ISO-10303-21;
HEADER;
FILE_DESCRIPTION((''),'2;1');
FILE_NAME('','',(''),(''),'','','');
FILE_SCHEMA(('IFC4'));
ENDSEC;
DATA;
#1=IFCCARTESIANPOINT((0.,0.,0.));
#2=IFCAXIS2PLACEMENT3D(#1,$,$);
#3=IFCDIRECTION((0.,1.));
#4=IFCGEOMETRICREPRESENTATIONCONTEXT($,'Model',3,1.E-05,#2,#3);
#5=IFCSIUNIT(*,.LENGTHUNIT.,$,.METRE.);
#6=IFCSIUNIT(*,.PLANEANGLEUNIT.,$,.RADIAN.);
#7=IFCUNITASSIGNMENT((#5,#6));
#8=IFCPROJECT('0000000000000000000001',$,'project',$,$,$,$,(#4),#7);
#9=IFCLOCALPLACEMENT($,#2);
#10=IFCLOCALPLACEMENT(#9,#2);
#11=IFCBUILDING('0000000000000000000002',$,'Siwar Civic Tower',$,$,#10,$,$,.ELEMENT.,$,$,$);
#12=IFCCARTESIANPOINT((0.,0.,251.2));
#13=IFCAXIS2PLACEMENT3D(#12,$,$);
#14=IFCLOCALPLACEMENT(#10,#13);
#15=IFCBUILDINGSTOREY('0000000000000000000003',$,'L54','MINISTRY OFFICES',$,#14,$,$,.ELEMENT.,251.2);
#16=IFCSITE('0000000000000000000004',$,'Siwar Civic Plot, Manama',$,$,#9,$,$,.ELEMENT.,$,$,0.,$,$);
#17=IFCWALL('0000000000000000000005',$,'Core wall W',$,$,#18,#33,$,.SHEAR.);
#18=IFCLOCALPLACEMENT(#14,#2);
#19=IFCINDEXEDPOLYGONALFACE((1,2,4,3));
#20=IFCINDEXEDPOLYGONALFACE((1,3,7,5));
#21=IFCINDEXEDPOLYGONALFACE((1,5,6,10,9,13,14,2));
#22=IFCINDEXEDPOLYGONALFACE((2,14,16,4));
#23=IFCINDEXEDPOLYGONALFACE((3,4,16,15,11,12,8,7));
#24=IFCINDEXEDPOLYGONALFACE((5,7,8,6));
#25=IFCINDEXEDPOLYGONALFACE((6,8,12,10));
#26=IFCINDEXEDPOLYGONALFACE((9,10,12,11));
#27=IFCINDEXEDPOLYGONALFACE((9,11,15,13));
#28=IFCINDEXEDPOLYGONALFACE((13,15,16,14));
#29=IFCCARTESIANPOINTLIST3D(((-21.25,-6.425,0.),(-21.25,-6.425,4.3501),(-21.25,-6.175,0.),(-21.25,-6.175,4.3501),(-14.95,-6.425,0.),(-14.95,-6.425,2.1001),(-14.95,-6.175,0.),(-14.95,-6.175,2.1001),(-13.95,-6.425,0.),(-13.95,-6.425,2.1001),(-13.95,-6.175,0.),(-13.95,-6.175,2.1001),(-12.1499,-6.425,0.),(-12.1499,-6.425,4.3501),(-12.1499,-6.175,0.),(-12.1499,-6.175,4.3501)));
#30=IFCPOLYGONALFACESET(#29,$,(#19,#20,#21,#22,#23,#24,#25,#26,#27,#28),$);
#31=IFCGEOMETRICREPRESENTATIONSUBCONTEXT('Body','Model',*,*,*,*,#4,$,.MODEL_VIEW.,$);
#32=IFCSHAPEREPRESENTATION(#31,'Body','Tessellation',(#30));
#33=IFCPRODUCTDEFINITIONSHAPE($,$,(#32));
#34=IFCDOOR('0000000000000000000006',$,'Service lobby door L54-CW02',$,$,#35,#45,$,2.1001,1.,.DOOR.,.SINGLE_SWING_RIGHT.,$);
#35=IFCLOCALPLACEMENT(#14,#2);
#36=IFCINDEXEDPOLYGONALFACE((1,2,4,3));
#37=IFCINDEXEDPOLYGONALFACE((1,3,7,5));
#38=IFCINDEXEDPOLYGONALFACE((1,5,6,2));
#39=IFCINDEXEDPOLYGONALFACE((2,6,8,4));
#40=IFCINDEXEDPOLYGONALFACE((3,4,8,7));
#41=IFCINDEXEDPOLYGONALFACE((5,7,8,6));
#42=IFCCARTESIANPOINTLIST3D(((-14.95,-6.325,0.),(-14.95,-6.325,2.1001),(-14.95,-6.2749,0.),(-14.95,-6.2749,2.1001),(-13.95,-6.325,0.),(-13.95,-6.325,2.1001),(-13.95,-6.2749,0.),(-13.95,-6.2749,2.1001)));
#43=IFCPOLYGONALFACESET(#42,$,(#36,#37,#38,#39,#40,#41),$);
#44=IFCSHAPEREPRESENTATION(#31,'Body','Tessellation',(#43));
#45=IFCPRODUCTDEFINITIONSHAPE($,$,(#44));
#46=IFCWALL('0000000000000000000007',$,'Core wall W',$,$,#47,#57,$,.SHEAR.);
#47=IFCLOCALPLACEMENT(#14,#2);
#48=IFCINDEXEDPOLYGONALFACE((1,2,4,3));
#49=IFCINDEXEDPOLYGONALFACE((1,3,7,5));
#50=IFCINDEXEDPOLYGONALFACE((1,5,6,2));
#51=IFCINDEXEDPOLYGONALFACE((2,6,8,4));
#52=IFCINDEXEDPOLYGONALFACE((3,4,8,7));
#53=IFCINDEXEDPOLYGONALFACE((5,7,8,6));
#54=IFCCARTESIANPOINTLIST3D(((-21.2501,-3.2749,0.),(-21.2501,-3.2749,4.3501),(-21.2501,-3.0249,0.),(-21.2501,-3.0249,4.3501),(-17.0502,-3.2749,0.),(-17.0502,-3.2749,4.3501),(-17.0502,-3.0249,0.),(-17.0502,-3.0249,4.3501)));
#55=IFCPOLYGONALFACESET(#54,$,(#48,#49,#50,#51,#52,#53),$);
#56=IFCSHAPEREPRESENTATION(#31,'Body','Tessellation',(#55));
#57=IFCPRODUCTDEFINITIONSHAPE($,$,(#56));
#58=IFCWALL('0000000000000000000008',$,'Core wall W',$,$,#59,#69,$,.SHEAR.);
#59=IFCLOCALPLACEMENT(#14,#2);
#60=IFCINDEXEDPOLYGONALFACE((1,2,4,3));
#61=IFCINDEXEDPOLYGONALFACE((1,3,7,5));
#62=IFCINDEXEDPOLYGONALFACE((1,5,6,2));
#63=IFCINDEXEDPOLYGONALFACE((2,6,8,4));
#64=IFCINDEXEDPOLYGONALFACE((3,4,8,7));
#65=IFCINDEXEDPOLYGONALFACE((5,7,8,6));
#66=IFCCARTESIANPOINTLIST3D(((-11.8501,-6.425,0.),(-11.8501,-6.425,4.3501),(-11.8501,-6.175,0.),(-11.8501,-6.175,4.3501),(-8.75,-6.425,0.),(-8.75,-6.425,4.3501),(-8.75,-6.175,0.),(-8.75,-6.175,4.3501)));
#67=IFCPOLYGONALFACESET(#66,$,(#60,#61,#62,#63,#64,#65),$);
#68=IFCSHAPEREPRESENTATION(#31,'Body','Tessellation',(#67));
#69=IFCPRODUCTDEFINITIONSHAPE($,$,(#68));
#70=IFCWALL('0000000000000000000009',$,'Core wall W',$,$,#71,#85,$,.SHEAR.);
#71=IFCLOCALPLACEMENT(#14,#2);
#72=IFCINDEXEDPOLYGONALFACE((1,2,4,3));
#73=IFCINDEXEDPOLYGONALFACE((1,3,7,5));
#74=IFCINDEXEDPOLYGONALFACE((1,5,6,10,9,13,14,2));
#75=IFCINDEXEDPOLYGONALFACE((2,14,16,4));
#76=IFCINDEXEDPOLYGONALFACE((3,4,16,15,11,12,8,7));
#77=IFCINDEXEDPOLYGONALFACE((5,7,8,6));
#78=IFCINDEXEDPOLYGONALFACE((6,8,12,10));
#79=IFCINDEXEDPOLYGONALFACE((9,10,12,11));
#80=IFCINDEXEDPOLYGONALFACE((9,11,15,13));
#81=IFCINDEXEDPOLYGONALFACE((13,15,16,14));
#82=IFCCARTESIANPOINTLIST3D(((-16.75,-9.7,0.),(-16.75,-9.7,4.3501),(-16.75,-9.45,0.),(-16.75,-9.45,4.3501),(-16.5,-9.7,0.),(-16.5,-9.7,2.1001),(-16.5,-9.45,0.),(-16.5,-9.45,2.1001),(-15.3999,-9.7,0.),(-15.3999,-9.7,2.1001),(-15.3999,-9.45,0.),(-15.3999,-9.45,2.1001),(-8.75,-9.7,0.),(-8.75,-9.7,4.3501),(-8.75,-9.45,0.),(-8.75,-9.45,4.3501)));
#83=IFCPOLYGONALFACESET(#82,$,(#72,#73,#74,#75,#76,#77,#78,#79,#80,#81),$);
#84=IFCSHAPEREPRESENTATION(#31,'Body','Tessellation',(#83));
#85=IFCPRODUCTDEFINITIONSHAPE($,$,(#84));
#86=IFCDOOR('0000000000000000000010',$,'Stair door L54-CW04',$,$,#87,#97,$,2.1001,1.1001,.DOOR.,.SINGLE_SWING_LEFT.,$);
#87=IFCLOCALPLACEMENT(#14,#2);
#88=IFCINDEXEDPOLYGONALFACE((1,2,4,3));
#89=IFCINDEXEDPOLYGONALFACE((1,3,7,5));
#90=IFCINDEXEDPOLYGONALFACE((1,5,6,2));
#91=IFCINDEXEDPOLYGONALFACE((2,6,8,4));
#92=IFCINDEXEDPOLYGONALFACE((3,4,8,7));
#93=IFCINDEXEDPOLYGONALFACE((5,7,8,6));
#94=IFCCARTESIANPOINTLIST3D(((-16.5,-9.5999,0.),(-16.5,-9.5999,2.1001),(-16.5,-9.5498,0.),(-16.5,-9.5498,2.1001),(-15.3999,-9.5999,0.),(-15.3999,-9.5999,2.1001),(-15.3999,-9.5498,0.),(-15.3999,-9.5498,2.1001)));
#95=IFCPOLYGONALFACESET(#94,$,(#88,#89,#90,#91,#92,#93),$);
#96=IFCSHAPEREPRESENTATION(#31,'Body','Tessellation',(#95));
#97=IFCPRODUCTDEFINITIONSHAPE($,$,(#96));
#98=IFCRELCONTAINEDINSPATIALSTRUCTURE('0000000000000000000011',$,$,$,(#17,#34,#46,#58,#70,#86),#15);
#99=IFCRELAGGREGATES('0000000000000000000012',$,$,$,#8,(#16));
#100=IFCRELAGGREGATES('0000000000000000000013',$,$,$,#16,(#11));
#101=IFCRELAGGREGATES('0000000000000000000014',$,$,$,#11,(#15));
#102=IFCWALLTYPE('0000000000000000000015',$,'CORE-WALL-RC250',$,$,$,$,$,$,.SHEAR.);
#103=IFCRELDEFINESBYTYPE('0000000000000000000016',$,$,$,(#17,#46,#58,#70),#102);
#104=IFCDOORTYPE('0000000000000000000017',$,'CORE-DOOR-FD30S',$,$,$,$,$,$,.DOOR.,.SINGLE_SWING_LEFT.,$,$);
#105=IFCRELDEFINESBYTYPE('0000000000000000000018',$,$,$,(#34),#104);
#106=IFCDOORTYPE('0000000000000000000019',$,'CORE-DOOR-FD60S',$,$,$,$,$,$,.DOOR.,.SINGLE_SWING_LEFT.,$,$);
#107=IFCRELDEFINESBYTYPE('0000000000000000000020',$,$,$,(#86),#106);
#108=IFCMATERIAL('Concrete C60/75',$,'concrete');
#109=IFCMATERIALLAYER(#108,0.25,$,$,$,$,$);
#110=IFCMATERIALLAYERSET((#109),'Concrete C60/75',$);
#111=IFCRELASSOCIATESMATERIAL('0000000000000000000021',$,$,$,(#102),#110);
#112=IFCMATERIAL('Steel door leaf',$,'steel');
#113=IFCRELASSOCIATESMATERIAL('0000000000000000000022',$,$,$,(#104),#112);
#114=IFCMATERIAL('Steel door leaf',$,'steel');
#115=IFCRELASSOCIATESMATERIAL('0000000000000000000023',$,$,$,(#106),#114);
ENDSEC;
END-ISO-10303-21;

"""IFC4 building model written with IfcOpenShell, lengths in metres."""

from ifc_helpers import new_model, si_unit, direction, frame, frame_2d, origin, place, context, subcontext, project, spatial, rectangle, extrude, material, layer, layer_set, type_object, element, fill, save


model = new_model("IFC4")

# Units and contexts
model_context = context("Model", 3, precision=1e-05, world=origin(), true_north=direction((0.0, 1.0)))
body_context = subcontext(model_context, "Body", "Model", "MODEL_VIEW")
ifc_project = project(units=[si_unit("LENGTHUNIT", "METRE"), si_unit("PLANEANGLEUNIT", "RADIAN")], contexts=[model_context])

# Site, building, storey
site_placement = place(None, origin())
site = spatial("IfcSite", under=ifc_project, at=site_placement, Name="Siwar Civic Plot, Manama", CompositionType="ELEMENT", RefElevation=0.0)
building_placement = place(site_placement, origin())
building = spatial("IfcBuilding", under=site, at=building_placement, Name="Siwar Civic Tower", CompositionType="ELEMENT")
storey_placement = place(building_placement, frame((0.0, 0.0, 251.2)))
storey = spatial("IfcBuildingStorey", under=building, at=storey_placement, Name="L54", Description="MINISTRY OFFICES", CompositionType="ELEMENT", Elevation=251.2)

# Wall, opening, door
ifc_material_1 = material(Name="Concrete C60/75", Category="concrete")
ifc_layer_1 = layer(ifc_material_1, 0.25)
ifc_layer_set_1 = layer_set([ifc_layer_1], Name="Concrete C60/75")
wall_type_1 = type_object("IfcWallType", Name="CORE-WALL-RC250", PredefinedType="SHEAR", material=ifc_layer_set_1)
wall_1_placement = place(storey_placement, frame((-12.1499, -6.3, 0.0), z_axis=(0.0, 0.0, 1.0), x_axis=(-1.0, 0.0, 0.0)))
wall_1 = element("IfcWall", 1, at=wall_1_placement, inside=storey, type_object=wall_type_1, Name="Core wall W", PredefinedType="SHEAR", context=body_context, shape_type="SweptSolid", body=[
    extrude(rectangle(XDim=9.1001, YDim=0.25, at=frame_2d((4.55, 0.0))), origin(), (0.0, 0.0, 1.0), 4.3501),
])
opening_1_placement = place(wall_1_placement, frame((1.8, 0.0, 0.0)))
opening_1 = element("IfcOpeningElement", 2, at=opening_1_placement, cuts=wall_1, PredefinedType="OPENING", context=body_context, shape_type="SweptSolid", body=[
    extrude(rectangle(XDim=1.0, YDim=2.1001, at=frame_2d((0.5, 1.05))), frame((0.0, 0.135, 0.0), z_axis=(0.0, -1.0, 0.0), x_axis=(1.0, 0.0, 0.0)), (0.0, 0.0, 1.0), 0.27),
])
ifc_material_2 = material(Name="Steel door leaf", Category="steel")
door_type_1 = type_object("IfcDoorType", Name="CORE-DOOR-FD30S", OperationType="SINGLE_SWING_LEFT", PredefinedType="DOOR", material=ifc_material_2)
door_1_placement = place(opening_1_placement, origin())
door_1 = element("IfcDoor", 3, at=door_1_placement, inside=storey, type_object=door_type_1, Name="Service lobby door L54-CW02", OperationType="SINGLE_SWING_RIGHT", OverallHeight=2.1001, OverallWidth=1.0, PredefinedType="DOOR", context=body_context, shape_type="SweptSolid", body=[
    extrude(rectangle(XDim=1.0, YDim=2.1001, at=frame_2d((0.5, 1.05))), frame((0.0, 0.0249, 0.0), z_axis=(0.0, -1.0, 0.0), x_axis=(1.0, 0.0, 0.0)), (0.0, 0.0, 1.0), 0.05),
])
fill(opening_1, door_1)

# Walls
wall_2_placement = place(storey_placement, frame((-17.05, -3.1499, 0.0), z_axis=(0.0, 0.0, 1.0), x_axis=(-1.0, 0.0, 0.0)))
element("IfcWall", 4, at=wall_2_placement, inside=storey, type_object=wall_type_1, Name="Core wall W", PredefinedType="SHEAR", context=body_context, shape_type="SweptSolid", body=[
    extrude(rectangle(XDim=4.2, YDim=0.25, at=frame_2d((2.1001, 0.0))), origin(), (0.0, 0.0, 1.0), 4.3501),
])
wall_3_placement = place(storey_placement, frame((-8.75, -6.3, 0.0), z_axis=(0.0, 0.0, 1.0), x_axis=(-1.0, 0.0, 0.0)))
element("IfcWall", 5, at=wall_3_placement, inside=storey, type_object=wall_type_1, Name="Core wall W", PredefinedType="SHEAR", context=body_context, shape_type="SweptSolid", body=[
    extrude(rectangle(XDim=3.1001, YDim=0.25, at=frame_2d((1.55, 0.0))), origin(), (0.0, 0.0, 1.0), 4.3501),
])

# Wall, opening, door
wall_4_placement = place(storey_placement, frame((-8.75, -9.575, 0.0), z_axis=(0.0, 0.0, 1.0), x_axis=(-1.0, 0.0, 0.0)))
wall_4 = element("IfcWall", 6, at=wall_4_placement, inside=storey, type_object=wall_type_1, Name="Core wall W", PredefinedType="SHEAR", context=body_context, shape_type="SweptSolid", body=[
    extrude(rectangle(XDim=8.0, YDim=0.25, at=frame_2d((4.0, 0.0))), origin(), (0.0, 0.0, 1.0), 4.3501),
])
opening_2_placement = place(wall_4_placement, frame((6.6499, 0.0, 0.0)))
opening_2 = element("IfcOpeningElement", 7, at=opening_2_placement, cuts=wall_4, PredefinedType="OPENING", context=body_context, shape_type="SweptSolid", body=[
    extrude(rectangle(XDim=1.1001, YDim=2.1001, at=frame_2d((0.55, 1.05))), frame((0.0, 0.135, 0.0), z_axis=(0.0, -1.0, 0.0), x_axis=(1.0, 0.0, 0.0)), (0.0, 0.0, 1.0), 0.27),
])
ifc_material_3 = material(Name="Steel door leaf", Category="steel")
door_type_2 = type_object("IfcDoorType", Name="CORE-DOOR-FD60S", OperationType="SINGLE_SWING_LEFT", PredefinedType="DOOR", material=ifc_material_3)
door_2_placement = place(opening_2_placement, origin())
door_2 = element("IfcDoor", 8, at=door_2_placement, inside=storey, type_object=door_type_2, Name="Stair door L54-CW04", OperationType="SINGLE_SWING_LEFT", OverallHeight=2.1001, OverallWidth=1.1001, PredefinedType="DOOR", context=body_context, shape_type="SweptSolid", body=[
    extrude(rectangle(XDim=1.1001, YDim=2.1001, at=frame_2d((0.55, 1.05))), frame((0.0, 0.0249, 0.0), z_axis=(0.0, -1.0, 0.0), x_axis=(1.0, 0.0, 0.0)), (0.0, 0.0, 1.0), 0.05),
])
fill(opening_2, door_2)

save(model, "model.ifc")
